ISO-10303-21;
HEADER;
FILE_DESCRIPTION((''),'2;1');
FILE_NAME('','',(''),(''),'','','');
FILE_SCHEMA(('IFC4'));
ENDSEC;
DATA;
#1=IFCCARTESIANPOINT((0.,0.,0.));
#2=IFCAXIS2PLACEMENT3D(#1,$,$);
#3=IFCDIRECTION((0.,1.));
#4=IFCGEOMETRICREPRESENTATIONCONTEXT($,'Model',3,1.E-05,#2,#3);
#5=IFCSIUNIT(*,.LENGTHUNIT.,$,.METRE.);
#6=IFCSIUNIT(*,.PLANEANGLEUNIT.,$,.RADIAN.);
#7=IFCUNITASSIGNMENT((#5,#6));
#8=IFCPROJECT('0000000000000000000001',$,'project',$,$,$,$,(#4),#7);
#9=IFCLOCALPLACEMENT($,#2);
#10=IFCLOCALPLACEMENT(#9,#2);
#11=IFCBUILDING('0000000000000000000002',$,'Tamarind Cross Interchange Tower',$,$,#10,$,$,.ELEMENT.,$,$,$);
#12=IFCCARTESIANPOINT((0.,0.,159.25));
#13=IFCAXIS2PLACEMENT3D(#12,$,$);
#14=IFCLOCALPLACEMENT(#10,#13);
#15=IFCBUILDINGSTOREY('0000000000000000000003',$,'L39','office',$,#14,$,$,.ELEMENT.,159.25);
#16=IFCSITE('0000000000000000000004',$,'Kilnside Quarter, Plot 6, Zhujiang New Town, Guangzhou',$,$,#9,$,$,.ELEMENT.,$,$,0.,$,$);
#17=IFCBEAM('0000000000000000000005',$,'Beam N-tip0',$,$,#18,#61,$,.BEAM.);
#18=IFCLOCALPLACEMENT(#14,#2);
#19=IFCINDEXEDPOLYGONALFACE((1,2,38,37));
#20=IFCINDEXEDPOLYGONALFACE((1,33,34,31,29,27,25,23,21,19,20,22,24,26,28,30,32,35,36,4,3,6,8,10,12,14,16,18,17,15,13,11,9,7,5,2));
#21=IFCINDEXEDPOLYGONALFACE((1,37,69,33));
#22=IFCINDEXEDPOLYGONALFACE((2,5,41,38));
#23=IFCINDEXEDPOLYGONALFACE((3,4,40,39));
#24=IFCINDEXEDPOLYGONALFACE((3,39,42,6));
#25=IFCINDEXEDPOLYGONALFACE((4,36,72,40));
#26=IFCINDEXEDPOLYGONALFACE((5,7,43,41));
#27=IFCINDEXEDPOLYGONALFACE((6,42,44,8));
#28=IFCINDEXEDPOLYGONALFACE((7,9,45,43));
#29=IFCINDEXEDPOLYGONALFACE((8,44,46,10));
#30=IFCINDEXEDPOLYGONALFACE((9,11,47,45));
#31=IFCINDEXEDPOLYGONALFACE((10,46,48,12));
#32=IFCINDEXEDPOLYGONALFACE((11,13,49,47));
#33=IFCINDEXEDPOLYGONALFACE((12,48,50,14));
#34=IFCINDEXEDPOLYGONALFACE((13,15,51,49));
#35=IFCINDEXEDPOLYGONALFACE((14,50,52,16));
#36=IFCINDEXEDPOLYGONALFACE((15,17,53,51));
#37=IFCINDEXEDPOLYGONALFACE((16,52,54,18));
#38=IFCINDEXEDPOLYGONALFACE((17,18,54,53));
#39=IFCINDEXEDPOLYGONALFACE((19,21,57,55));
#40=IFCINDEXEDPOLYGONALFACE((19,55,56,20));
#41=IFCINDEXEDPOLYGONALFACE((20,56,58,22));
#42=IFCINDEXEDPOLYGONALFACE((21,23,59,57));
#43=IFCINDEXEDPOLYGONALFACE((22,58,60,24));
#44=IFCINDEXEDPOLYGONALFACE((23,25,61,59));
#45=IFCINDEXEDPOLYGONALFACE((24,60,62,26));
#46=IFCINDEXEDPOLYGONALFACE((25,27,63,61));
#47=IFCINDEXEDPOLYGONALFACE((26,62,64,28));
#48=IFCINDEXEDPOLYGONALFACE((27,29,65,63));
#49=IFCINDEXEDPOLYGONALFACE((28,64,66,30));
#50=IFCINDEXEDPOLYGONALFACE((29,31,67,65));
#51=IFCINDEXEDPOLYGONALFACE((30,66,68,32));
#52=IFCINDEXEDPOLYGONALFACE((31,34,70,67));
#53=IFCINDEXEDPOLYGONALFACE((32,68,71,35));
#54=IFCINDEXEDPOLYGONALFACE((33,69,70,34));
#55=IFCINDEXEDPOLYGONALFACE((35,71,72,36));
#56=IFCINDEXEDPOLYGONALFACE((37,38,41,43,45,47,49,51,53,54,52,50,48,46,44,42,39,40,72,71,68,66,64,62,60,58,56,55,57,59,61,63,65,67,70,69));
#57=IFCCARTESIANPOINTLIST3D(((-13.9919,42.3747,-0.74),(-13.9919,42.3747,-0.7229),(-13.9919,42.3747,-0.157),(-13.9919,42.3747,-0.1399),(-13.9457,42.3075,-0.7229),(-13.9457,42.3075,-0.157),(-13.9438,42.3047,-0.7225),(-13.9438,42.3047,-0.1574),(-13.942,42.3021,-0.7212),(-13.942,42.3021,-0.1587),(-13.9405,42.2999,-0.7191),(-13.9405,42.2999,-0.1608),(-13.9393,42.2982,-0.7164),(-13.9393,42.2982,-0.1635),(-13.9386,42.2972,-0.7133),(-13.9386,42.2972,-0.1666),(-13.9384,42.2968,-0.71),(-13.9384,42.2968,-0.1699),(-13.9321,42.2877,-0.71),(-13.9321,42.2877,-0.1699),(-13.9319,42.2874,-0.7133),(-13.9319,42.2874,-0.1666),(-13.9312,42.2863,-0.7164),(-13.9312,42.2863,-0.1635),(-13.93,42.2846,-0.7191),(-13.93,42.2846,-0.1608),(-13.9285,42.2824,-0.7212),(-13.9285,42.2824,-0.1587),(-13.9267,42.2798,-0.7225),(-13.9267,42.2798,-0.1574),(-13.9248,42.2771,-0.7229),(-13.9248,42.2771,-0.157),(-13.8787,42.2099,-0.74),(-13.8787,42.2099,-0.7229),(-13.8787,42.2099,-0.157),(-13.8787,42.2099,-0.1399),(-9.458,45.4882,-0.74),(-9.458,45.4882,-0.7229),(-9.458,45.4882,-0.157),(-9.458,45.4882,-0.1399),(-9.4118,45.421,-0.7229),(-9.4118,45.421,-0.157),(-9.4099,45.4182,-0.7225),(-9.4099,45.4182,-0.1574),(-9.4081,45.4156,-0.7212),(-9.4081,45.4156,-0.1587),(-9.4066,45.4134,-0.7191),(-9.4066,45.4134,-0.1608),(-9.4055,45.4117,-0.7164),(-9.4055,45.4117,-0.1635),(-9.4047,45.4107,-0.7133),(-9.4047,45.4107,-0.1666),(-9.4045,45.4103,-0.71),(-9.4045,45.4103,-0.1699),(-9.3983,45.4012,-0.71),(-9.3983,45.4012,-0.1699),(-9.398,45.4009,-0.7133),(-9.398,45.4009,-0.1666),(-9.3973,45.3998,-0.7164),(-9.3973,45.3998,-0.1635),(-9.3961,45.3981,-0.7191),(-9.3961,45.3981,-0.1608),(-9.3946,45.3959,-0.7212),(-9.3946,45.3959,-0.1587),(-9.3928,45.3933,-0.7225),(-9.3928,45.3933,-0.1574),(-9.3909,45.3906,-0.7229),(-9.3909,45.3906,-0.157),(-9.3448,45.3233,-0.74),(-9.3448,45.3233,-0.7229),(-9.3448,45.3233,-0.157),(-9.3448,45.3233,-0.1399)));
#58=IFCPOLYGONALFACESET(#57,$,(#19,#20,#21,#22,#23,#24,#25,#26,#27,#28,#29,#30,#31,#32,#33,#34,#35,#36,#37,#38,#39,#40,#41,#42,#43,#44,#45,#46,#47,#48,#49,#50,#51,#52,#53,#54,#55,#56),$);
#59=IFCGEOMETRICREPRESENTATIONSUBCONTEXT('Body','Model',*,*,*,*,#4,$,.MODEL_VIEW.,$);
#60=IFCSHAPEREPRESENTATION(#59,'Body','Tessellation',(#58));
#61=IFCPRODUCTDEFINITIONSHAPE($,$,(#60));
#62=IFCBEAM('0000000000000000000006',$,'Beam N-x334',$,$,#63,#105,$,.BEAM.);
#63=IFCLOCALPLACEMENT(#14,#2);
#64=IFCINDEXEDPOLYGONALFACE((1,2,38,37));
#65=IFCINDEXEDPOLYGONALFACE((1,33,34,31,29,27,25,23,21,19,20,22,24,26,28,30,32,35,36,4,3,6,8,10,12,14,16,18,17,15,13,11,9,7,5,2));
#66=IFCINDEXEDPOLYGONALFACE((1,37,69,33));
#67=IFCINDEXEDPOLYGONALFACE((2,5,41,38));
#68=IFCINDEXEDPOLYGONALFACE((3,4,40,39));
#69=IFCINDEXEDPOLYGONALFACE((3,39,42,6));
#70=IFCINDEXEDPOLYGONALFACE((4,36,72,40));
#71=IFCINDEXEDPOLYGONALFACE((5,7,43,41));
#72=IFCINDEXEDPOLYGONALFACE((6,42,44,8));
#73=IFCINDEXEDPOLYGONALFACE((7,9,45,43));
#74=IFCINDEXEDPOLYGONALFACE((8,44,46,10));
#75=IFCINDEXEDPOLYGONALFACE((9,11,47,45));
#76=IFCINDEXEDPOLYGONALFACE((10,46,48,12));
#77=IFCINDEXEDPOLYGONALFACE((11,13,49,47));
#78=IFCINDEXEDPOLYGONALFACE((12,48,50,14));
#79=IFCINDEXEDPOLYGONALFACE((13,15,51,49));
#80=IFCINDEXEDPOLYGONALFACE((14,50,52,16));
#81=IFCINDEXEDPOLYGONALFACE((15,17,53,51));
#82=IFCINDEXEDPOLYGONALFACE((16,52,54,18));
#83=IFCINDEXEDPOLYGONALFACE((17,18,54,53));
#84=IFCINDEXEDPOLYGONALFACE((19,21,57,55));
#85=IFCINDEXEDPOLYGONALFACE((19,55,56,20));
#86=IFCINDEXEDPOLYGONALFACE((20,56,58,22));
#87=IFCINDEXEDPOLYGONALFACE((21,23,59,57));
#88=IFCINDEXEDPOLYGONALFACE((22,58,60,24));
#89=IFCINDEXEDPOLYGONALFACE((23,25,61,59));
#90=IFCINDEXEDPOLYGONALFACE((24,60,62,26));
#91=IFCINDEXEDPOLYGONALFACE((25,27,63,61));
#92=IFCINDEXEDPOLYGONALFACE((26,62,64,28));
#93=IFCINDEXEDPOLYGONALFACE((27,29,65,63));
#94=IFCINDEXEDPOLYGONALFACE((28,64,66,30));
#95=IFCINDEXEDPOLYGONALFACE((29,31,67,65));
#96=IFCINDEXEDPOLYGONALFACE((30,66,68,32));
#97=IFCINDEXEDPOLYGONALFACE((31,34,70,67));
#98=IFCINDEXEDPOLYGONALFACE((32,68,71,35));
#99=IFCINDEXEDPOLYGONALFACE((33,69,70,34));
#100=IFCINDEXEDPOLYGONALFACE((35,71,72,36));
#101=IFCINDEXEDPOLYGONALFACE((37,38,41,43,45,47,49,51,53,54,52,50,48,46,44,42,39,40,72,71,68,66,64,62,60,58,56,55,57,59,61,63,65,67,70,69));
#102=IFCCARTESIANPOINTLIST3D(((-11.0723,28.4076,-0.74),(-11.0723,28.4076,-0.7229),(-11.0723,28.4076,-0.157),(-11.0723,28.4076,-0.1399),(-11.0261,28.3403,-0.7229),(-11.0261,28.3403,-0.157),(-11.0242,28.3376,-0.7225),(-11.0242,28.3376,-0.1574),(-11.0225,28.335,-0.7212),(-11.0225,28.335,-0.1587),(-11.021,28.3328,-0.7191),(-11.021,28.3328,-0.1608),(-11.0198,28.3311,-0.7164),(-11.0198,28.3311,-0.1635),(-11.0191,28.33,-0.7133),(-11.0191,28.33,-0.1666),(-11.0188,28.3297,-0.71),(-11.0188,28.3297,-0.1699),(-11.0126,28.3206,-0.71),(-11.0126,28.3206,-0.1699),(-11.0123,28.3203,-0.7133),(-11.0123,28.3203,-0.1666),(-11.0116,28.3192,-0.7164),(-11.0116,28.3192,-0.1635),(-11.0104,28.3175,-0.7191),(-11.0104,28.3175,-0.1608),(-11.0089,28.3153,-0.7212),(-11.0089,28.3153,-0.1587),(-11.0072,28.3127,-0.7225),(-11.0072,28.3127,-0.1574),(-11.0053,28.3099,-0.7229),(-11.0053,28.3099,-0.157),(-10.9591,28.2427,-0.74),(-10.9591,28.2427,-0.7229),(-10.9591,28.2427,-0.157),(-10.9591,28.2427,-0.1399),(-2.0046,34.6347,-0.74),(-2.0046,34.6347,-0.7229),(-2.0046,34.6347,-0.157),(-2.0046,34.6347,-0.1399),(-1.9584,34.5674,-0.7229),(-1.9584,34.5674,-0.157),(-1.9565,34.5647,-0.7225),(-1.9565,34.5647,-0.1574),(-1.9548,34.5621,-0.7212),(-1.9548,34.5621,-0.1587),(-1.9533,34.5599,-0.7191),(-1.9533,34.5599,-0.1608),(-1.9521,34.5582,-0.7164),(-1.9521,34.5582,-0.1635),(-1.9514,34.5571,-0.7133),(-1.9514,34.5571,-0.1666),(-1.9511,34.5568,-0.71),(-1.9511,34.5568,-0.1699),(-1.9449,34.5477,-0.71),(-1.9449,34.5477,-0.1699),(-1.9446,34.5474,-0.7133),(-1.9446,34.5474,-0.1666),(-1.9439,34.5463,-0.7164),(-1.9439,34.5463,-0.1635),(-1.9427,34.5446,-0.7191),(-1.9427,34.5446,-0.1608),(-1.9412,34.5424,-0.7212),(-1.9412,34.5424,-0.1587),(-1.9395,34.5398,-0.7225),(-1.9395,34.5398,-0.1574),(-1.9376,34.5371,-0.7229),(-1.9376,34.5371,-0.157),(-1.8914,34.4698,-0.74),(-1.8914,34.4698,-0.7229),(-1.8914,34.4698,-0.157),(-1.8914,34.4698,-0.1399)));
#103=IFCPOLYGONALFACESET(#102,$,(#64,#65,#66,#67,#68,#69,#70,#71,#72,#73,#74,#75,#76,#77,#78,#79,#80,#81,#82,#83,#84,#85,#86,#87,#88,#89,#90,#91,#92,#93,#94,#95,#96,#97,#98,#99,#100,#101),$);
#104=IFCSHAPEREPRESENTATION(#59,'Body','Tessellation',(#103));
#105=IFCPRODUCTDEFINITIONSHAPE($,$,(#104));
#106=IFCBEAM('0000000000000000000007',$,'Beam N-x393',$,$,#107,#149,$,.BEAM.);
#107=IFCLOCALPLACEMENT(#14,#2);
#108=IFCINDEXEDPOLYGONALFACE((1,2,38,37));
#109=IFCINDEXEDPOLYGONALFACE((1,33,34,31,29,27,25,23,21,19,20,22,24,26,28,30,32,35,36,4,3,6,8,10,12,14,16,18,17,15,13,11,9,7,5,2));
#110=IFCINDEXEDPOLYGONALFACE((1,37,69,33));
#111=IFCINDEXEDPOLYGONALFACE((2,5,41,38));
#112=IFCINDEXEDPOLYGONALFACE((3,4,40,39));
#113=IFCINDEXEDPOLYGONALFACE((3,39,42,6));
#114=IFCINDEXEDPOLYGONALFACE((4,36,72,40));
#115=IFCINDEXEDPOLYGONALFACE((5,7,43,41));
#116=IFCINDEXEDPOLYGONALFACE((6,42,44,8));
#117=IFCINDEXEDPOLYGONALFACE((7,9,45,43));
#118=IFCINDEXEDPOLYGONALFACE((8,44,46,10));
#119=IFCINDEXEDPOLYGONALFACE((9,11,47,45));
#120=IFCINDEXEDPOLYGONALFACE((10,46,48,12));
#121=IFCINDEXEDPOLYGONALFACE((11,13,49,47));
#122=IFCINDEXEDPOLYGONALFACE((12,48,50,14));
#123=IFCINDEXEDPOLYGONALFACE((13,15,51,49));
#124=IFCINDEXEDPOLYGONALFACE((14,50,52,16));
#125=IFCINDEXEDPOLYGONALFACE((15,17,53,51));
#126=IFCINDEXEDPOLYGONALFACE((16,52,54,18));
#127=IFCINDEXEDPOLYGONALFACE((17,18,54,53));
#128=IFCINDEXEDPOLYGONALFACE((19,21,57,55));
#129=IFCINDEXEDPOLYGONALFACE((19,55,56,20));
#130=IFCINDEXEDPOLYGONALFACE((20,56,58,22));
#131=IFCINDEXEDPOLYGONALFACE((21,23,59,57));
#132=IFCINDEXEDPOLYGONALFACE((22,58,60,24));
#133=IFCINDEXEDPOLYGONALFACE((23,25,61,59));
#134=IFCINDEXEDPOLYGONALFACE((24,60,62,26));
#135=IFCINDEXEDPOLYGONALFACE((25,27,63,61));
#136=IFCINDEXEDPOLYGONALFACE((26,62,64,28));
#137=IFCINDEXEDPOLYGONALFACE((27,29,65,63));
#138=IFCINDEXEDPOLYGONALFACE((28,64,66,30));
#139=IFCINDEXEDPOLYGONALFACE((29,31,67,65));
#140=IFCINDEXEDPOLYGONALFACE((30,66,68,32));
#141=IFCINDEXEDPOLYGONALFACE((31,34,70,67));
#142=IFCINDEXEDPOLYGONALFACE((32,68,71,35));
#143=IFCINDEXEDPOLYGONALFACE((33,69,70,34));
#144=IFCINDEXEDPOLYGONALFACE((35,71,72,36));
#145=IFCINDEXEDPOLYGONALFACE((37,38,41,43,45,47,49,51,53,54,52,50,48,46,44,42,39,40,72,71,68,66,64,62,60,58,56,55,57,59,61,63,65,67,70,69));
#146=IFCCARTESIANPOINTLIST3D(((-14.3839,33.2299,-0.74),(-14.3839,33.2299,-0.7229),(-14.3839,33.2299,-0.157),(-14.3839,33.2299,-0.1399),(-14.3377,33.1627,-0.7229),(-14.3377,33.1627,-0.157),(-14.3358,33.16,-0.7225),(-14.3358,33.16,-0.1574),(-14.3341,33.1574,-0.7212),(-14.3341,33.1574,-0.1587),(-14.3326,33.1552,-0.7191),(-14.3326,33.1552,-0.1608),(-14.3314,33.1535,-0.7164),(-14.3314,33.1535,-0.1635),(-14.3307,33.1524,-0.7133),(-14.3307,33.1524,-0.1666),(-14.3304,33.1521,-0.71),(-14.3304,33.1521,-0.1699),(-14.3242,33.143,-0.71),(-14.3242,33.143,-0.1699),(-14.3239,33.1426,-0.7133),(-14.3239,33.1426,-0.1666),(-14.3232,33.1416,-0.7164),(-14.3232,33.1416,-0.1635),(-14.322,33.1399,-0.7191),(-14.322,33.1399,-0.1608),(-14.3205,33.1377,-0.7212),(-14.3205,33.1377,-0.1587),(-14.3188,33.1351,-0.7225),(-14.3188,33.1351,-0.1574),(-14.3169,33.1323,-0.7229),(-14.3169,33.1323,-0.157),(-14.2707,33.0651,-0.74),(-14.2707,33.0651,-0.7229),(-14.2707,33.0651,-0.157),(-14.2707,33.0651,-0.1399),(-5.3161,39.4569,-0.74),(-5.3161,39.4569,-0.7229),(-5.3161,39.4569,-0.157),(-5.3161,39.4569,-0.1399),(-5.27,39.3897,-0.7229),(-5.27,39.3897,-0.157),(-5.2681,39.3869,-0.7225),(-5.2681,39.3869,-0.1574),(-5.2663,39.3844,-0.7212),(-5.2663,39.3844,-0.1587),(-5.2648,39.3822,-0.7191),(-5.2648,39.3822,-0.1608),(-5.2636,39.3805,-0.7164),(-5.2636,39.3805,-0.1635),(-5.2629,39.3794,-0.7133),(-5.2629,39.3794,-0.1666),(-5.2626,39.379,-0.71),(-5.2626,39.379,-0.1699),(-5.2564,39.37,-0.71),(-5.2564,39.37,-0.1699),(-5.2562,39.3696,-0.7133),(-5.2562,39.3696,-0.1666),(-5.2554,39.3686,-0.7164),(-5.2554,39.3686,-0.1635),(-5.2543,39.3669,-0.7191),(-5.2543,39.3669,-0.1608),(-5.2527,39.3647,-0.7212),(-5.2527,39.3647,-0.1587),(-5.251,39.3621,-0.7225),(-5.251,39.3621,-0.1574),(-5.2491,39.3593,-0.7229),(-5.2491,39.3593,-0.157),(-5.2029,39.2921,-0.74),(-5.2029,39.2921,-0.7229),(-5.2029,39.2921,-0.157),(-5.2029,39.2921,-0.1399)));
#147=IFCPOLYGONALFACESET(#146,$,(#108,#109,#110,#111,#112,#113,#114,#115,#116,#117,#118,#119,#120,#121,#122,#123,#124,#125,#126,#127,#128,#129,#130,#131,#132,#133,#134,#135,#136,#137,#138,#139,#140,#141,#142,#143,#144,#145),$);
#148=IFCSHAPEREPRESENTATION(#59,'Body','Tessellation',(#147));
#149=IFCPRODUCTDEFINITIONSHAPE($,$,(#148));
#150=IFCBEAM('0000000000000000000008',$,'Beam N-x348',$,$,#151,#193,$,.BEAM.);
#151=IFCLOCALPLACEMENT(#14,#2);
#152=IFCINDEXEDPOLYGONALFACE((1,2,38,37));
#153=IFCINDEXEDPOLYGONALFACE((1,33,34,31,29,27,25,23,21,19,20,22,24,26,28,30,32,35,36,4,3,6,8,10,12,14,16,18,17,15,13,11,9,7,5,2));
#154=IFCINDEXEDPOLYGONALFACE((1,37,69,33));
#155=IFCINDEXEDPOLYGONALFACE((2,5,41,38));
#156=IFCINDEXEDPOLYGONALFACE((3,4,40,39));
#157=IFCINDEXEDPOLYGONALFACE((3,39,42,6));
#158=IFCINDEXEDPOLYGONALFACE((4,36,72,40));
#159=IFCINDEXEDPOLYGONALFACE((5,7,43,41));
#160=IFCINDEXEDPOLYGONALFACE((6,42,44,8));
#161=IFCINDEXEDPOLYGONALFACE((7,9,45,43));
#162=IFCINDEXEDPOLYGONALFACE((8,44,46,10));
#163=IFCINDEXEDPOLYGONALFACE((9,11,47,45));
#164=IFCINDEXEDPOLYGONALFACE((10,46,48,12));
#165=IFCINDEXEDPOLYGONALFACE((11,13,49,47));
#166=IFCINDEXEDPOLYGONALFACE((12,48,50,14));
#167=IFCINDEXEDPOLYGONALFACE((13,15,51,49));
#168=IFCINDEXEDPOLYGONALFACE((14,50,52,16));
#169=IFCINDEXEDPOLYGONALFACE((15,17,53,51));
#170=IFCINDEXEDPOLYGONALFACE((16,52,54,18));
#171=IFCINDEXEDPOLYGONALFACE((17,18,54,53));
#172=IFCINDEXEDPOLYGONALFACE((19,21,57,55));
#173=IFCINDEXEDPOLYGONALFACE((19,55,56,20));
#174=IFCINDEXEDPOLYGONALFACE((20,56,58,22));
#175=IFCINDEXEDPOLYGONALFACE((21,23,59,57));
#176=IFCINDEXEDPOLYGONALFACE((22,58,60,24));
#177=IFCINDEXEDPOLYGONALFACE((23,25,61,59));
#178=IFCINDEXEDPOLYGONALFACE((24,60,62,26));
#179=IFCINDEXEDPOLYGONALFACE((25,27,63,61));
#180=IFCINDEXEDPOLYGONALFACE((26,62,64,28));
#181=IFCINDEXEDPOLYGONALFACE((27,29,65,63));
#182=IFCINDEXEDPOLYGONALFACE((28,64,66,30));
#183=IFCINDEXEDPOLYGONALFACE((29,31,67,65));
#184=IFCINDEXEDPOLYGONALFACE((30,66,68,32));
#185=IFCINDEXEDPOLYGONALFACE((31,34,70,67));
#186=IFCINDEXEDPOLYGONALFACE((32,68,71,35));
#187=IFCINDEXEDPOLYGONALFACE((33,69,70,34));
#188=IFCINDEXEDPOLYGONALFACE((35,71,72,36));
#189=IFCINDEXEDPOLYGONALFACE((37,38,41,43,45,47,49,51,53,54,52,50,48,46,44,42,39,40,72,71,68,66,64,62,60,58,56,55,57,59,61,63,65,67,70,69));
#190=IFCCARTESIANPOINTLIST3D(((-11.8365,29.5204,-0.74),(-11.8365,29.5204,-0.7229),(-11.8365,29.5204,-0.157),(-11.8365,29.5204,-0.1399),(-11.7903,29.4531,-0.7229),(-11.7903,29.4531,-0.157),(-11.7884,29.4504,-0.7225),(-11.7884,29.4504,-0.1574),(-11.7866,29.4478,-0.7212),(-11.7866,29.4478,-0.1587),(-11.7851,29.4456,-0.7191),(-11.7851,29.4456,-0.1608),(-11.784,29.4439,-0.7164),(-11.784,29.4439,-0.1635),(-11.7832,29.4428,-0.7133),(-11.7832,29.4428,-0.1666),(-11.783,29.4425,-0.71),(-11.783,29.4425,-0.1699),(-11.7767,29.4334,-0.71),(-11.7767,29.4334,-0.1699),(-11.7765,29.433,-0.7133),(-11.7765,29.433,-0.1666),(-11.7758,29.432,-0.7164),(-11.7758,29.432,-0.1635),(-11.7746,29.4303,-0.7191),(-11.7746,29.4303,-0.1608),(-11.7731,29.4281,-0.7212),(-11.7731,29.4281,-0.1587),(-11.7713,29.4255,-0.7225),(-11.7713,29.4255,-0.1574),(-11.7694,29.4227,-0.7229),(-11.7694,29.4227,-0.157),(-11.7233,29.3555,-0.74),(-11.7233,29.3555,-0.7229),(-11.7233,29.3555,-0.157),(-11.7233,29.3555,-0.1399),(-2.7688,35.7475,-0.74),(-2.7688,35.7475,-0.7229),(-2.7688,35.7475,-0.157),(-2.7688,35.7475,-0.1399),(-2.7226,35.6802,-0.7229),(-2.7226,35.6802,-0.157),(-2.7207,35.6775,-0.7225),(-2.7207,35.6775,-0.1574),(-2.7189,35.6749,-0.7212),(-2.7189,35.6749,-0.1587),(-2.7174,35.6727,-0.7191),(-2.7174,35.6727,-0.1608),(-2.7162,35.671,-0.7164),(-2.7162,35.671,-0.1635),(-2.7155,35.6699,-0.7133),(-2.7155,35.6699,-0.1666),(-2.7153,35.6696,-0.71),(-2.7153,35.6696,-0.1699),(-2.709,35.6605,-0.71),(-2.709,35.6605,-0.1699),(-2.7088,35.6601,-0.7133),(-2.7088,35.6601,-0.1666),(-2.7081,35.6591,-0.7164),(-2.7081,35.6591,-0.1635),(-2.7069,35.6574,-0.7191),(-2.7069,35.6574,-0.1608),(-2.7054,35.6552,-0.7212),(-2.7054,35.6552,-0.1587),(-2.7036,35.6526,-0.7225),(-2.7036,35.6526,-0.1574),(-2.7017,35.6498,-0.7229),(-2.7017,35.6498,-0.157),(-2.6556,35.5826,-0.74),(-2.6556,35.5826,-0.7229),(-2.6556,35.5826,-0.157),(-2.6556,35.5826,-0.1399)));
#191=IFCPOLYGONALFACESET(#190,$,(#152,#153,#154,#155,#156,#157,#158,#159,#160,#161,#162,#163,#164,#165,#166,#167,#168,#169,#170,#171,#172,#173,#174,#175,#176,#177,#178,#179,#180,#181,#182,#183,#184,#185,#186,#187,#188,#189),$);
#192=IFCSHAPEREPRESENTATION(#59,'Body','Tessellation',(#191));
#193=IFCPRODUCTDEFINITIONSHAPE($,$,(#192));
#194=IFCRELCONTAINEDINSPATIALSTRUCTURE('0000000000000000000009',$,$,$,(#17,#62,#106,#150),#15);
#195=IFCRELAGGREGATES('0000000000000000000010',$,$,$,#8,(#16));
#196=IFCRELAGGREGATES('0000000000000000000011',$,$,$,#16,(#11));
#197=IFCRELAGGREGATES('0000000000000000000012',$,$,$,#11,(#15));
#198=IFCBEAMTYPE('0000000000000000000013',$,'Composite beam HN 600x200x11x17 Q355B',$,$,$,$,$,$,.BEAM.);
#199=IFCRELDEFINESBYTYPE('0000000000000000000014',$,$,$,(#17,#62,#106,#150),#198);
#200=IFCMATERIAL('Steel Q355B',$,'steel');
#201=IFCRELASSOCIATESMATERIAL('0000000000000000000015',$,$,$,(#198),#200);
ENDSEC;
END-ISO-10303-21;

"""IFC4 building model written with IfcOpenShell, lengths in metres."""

from ifc_helpers import new_model, si_unit, direction, frame, origin, origin_2d, place, context, subcontext, project, spatial, i_section, extrude, material, material_profile, profile_set, type_object, element, save


model = new_model("IFC4")

# Units and contexts
model_context = context("Model", 3, precision=1e-05, world=origin(), true_north=direction((0.0, 1.0)))
body_context = subcontext(model_context, "Body", "Model", "MODEL_VIEW")
ifc_project = project(units=[si_unit("LENGTHUNIT", "METRE"), si_unit("PLANEANGLEUNIT", "RADIAN")], contexts=[model_context])

# Site, building, storey
site_placement = place(None, origin())
site = spatial("IfcSite", under=ifc_project, at=site_placement, Name="Kilnside Quarter, Plot 6, Zhujiang New Town, Guangzhou", CompositionType="ELEMENT", RefElevation=0.0)
building_placement = place(site_placement, origin())
building = spatial("IfcBuilding", under=site, at=building_placement, Name="Tamarind Cross Interchange Tower", CompositionType="ELEMENT")
storey_placement = place(building_placement, frame((0.0, 0.0, 159.25)))
storey = spatial("IfcBuildingStorey", under=building, at=storey_placement, Name="L39", Description="office", CompositionType="ELEMENT", Elevation=159.25)

# Beams
ifc_material_1 = material(Name="Steel Q355B", Category="steel")
ifc_material_profile_1 = material_profile(ifc_material_1, i_section(OverallWidth=0.2, OverallDepth=0.6001, WebThickness=0.011, FlangeThickness=0.0171, FilletRadius=0.0129, at=origin_2d()), Name="HN 600x200x11x17")
ifc_profile_set_1 = profile_set([ifc_material_profile_1], Name="Steel Q355B")
beam_type_1 = type_object("IfcBeamType", Name="Composite beam HN 600x200x11x17 Q355B", PredefinedType="BEAM", material=ifc_profile_set_1)
beam_1_placement = place(storey_placement, frame((-9.4014, 45.4058, -0.4399), z_axis=(-0.824344, -0.56609, 0.0), x_axis=(0.56609, -0.824344, 0.0)))
element("IfcBeam", 1, at=beam_1_placement, inside=storey, type_object=beam_type_1, Name="Beam N-tip0", PredefinedType="BEAM", context=body_context, shape_type="SweptSolid", body=[
    extrude(i_section(OverallWidth=0.2, OverallDepth=0.6001, WebThickness=0.011, FlangeThickness=0.0171, FilletRadius=0.0129, at=origin_2d()), origin(), (0.0, 0.0, 1.0), 5.5),
])
for number, where, z_axis, x_axis, name in (
    (2, (-1.948, 34.5522, -0.4399), (-0.824336, -0.5661, 0.0), (0.5661, -0.824336, 0.0), "Beam N-x334"),
    (3, (-5.2595, 39.3745, -0.4399), (-0.824344, -0.56609, 0.0), (0.56609, -0.824344, 0.0), "Beam N-x393"),
    (4, (-2.7122, 35.665, -0.4399), (-0.824336, -0.5661, 0.0), (0.5661, -0.824336, 0.0), "Beam N-x348"),
):
    element("IfcBeam", number, at=place(storey_placement, frame(where, z_axis=z_axis, x_axis=x_axis)), inside=storey, type_object=beam_type_1, Name=name, PredefinedType="BEAM", context=body_context, shape_type="SweptSolid", body=[
        extrude(i_section(OverallWidth=0.2, OverallDepth=0.6001, WebThickness=0.011, FlangeThickness=0.0171, FilletRadius=0.0129, at=origin_2d()), origin(), (0.0, 0.0, 1.0), 11.0),
    ])

save(model, "model.ifc")
